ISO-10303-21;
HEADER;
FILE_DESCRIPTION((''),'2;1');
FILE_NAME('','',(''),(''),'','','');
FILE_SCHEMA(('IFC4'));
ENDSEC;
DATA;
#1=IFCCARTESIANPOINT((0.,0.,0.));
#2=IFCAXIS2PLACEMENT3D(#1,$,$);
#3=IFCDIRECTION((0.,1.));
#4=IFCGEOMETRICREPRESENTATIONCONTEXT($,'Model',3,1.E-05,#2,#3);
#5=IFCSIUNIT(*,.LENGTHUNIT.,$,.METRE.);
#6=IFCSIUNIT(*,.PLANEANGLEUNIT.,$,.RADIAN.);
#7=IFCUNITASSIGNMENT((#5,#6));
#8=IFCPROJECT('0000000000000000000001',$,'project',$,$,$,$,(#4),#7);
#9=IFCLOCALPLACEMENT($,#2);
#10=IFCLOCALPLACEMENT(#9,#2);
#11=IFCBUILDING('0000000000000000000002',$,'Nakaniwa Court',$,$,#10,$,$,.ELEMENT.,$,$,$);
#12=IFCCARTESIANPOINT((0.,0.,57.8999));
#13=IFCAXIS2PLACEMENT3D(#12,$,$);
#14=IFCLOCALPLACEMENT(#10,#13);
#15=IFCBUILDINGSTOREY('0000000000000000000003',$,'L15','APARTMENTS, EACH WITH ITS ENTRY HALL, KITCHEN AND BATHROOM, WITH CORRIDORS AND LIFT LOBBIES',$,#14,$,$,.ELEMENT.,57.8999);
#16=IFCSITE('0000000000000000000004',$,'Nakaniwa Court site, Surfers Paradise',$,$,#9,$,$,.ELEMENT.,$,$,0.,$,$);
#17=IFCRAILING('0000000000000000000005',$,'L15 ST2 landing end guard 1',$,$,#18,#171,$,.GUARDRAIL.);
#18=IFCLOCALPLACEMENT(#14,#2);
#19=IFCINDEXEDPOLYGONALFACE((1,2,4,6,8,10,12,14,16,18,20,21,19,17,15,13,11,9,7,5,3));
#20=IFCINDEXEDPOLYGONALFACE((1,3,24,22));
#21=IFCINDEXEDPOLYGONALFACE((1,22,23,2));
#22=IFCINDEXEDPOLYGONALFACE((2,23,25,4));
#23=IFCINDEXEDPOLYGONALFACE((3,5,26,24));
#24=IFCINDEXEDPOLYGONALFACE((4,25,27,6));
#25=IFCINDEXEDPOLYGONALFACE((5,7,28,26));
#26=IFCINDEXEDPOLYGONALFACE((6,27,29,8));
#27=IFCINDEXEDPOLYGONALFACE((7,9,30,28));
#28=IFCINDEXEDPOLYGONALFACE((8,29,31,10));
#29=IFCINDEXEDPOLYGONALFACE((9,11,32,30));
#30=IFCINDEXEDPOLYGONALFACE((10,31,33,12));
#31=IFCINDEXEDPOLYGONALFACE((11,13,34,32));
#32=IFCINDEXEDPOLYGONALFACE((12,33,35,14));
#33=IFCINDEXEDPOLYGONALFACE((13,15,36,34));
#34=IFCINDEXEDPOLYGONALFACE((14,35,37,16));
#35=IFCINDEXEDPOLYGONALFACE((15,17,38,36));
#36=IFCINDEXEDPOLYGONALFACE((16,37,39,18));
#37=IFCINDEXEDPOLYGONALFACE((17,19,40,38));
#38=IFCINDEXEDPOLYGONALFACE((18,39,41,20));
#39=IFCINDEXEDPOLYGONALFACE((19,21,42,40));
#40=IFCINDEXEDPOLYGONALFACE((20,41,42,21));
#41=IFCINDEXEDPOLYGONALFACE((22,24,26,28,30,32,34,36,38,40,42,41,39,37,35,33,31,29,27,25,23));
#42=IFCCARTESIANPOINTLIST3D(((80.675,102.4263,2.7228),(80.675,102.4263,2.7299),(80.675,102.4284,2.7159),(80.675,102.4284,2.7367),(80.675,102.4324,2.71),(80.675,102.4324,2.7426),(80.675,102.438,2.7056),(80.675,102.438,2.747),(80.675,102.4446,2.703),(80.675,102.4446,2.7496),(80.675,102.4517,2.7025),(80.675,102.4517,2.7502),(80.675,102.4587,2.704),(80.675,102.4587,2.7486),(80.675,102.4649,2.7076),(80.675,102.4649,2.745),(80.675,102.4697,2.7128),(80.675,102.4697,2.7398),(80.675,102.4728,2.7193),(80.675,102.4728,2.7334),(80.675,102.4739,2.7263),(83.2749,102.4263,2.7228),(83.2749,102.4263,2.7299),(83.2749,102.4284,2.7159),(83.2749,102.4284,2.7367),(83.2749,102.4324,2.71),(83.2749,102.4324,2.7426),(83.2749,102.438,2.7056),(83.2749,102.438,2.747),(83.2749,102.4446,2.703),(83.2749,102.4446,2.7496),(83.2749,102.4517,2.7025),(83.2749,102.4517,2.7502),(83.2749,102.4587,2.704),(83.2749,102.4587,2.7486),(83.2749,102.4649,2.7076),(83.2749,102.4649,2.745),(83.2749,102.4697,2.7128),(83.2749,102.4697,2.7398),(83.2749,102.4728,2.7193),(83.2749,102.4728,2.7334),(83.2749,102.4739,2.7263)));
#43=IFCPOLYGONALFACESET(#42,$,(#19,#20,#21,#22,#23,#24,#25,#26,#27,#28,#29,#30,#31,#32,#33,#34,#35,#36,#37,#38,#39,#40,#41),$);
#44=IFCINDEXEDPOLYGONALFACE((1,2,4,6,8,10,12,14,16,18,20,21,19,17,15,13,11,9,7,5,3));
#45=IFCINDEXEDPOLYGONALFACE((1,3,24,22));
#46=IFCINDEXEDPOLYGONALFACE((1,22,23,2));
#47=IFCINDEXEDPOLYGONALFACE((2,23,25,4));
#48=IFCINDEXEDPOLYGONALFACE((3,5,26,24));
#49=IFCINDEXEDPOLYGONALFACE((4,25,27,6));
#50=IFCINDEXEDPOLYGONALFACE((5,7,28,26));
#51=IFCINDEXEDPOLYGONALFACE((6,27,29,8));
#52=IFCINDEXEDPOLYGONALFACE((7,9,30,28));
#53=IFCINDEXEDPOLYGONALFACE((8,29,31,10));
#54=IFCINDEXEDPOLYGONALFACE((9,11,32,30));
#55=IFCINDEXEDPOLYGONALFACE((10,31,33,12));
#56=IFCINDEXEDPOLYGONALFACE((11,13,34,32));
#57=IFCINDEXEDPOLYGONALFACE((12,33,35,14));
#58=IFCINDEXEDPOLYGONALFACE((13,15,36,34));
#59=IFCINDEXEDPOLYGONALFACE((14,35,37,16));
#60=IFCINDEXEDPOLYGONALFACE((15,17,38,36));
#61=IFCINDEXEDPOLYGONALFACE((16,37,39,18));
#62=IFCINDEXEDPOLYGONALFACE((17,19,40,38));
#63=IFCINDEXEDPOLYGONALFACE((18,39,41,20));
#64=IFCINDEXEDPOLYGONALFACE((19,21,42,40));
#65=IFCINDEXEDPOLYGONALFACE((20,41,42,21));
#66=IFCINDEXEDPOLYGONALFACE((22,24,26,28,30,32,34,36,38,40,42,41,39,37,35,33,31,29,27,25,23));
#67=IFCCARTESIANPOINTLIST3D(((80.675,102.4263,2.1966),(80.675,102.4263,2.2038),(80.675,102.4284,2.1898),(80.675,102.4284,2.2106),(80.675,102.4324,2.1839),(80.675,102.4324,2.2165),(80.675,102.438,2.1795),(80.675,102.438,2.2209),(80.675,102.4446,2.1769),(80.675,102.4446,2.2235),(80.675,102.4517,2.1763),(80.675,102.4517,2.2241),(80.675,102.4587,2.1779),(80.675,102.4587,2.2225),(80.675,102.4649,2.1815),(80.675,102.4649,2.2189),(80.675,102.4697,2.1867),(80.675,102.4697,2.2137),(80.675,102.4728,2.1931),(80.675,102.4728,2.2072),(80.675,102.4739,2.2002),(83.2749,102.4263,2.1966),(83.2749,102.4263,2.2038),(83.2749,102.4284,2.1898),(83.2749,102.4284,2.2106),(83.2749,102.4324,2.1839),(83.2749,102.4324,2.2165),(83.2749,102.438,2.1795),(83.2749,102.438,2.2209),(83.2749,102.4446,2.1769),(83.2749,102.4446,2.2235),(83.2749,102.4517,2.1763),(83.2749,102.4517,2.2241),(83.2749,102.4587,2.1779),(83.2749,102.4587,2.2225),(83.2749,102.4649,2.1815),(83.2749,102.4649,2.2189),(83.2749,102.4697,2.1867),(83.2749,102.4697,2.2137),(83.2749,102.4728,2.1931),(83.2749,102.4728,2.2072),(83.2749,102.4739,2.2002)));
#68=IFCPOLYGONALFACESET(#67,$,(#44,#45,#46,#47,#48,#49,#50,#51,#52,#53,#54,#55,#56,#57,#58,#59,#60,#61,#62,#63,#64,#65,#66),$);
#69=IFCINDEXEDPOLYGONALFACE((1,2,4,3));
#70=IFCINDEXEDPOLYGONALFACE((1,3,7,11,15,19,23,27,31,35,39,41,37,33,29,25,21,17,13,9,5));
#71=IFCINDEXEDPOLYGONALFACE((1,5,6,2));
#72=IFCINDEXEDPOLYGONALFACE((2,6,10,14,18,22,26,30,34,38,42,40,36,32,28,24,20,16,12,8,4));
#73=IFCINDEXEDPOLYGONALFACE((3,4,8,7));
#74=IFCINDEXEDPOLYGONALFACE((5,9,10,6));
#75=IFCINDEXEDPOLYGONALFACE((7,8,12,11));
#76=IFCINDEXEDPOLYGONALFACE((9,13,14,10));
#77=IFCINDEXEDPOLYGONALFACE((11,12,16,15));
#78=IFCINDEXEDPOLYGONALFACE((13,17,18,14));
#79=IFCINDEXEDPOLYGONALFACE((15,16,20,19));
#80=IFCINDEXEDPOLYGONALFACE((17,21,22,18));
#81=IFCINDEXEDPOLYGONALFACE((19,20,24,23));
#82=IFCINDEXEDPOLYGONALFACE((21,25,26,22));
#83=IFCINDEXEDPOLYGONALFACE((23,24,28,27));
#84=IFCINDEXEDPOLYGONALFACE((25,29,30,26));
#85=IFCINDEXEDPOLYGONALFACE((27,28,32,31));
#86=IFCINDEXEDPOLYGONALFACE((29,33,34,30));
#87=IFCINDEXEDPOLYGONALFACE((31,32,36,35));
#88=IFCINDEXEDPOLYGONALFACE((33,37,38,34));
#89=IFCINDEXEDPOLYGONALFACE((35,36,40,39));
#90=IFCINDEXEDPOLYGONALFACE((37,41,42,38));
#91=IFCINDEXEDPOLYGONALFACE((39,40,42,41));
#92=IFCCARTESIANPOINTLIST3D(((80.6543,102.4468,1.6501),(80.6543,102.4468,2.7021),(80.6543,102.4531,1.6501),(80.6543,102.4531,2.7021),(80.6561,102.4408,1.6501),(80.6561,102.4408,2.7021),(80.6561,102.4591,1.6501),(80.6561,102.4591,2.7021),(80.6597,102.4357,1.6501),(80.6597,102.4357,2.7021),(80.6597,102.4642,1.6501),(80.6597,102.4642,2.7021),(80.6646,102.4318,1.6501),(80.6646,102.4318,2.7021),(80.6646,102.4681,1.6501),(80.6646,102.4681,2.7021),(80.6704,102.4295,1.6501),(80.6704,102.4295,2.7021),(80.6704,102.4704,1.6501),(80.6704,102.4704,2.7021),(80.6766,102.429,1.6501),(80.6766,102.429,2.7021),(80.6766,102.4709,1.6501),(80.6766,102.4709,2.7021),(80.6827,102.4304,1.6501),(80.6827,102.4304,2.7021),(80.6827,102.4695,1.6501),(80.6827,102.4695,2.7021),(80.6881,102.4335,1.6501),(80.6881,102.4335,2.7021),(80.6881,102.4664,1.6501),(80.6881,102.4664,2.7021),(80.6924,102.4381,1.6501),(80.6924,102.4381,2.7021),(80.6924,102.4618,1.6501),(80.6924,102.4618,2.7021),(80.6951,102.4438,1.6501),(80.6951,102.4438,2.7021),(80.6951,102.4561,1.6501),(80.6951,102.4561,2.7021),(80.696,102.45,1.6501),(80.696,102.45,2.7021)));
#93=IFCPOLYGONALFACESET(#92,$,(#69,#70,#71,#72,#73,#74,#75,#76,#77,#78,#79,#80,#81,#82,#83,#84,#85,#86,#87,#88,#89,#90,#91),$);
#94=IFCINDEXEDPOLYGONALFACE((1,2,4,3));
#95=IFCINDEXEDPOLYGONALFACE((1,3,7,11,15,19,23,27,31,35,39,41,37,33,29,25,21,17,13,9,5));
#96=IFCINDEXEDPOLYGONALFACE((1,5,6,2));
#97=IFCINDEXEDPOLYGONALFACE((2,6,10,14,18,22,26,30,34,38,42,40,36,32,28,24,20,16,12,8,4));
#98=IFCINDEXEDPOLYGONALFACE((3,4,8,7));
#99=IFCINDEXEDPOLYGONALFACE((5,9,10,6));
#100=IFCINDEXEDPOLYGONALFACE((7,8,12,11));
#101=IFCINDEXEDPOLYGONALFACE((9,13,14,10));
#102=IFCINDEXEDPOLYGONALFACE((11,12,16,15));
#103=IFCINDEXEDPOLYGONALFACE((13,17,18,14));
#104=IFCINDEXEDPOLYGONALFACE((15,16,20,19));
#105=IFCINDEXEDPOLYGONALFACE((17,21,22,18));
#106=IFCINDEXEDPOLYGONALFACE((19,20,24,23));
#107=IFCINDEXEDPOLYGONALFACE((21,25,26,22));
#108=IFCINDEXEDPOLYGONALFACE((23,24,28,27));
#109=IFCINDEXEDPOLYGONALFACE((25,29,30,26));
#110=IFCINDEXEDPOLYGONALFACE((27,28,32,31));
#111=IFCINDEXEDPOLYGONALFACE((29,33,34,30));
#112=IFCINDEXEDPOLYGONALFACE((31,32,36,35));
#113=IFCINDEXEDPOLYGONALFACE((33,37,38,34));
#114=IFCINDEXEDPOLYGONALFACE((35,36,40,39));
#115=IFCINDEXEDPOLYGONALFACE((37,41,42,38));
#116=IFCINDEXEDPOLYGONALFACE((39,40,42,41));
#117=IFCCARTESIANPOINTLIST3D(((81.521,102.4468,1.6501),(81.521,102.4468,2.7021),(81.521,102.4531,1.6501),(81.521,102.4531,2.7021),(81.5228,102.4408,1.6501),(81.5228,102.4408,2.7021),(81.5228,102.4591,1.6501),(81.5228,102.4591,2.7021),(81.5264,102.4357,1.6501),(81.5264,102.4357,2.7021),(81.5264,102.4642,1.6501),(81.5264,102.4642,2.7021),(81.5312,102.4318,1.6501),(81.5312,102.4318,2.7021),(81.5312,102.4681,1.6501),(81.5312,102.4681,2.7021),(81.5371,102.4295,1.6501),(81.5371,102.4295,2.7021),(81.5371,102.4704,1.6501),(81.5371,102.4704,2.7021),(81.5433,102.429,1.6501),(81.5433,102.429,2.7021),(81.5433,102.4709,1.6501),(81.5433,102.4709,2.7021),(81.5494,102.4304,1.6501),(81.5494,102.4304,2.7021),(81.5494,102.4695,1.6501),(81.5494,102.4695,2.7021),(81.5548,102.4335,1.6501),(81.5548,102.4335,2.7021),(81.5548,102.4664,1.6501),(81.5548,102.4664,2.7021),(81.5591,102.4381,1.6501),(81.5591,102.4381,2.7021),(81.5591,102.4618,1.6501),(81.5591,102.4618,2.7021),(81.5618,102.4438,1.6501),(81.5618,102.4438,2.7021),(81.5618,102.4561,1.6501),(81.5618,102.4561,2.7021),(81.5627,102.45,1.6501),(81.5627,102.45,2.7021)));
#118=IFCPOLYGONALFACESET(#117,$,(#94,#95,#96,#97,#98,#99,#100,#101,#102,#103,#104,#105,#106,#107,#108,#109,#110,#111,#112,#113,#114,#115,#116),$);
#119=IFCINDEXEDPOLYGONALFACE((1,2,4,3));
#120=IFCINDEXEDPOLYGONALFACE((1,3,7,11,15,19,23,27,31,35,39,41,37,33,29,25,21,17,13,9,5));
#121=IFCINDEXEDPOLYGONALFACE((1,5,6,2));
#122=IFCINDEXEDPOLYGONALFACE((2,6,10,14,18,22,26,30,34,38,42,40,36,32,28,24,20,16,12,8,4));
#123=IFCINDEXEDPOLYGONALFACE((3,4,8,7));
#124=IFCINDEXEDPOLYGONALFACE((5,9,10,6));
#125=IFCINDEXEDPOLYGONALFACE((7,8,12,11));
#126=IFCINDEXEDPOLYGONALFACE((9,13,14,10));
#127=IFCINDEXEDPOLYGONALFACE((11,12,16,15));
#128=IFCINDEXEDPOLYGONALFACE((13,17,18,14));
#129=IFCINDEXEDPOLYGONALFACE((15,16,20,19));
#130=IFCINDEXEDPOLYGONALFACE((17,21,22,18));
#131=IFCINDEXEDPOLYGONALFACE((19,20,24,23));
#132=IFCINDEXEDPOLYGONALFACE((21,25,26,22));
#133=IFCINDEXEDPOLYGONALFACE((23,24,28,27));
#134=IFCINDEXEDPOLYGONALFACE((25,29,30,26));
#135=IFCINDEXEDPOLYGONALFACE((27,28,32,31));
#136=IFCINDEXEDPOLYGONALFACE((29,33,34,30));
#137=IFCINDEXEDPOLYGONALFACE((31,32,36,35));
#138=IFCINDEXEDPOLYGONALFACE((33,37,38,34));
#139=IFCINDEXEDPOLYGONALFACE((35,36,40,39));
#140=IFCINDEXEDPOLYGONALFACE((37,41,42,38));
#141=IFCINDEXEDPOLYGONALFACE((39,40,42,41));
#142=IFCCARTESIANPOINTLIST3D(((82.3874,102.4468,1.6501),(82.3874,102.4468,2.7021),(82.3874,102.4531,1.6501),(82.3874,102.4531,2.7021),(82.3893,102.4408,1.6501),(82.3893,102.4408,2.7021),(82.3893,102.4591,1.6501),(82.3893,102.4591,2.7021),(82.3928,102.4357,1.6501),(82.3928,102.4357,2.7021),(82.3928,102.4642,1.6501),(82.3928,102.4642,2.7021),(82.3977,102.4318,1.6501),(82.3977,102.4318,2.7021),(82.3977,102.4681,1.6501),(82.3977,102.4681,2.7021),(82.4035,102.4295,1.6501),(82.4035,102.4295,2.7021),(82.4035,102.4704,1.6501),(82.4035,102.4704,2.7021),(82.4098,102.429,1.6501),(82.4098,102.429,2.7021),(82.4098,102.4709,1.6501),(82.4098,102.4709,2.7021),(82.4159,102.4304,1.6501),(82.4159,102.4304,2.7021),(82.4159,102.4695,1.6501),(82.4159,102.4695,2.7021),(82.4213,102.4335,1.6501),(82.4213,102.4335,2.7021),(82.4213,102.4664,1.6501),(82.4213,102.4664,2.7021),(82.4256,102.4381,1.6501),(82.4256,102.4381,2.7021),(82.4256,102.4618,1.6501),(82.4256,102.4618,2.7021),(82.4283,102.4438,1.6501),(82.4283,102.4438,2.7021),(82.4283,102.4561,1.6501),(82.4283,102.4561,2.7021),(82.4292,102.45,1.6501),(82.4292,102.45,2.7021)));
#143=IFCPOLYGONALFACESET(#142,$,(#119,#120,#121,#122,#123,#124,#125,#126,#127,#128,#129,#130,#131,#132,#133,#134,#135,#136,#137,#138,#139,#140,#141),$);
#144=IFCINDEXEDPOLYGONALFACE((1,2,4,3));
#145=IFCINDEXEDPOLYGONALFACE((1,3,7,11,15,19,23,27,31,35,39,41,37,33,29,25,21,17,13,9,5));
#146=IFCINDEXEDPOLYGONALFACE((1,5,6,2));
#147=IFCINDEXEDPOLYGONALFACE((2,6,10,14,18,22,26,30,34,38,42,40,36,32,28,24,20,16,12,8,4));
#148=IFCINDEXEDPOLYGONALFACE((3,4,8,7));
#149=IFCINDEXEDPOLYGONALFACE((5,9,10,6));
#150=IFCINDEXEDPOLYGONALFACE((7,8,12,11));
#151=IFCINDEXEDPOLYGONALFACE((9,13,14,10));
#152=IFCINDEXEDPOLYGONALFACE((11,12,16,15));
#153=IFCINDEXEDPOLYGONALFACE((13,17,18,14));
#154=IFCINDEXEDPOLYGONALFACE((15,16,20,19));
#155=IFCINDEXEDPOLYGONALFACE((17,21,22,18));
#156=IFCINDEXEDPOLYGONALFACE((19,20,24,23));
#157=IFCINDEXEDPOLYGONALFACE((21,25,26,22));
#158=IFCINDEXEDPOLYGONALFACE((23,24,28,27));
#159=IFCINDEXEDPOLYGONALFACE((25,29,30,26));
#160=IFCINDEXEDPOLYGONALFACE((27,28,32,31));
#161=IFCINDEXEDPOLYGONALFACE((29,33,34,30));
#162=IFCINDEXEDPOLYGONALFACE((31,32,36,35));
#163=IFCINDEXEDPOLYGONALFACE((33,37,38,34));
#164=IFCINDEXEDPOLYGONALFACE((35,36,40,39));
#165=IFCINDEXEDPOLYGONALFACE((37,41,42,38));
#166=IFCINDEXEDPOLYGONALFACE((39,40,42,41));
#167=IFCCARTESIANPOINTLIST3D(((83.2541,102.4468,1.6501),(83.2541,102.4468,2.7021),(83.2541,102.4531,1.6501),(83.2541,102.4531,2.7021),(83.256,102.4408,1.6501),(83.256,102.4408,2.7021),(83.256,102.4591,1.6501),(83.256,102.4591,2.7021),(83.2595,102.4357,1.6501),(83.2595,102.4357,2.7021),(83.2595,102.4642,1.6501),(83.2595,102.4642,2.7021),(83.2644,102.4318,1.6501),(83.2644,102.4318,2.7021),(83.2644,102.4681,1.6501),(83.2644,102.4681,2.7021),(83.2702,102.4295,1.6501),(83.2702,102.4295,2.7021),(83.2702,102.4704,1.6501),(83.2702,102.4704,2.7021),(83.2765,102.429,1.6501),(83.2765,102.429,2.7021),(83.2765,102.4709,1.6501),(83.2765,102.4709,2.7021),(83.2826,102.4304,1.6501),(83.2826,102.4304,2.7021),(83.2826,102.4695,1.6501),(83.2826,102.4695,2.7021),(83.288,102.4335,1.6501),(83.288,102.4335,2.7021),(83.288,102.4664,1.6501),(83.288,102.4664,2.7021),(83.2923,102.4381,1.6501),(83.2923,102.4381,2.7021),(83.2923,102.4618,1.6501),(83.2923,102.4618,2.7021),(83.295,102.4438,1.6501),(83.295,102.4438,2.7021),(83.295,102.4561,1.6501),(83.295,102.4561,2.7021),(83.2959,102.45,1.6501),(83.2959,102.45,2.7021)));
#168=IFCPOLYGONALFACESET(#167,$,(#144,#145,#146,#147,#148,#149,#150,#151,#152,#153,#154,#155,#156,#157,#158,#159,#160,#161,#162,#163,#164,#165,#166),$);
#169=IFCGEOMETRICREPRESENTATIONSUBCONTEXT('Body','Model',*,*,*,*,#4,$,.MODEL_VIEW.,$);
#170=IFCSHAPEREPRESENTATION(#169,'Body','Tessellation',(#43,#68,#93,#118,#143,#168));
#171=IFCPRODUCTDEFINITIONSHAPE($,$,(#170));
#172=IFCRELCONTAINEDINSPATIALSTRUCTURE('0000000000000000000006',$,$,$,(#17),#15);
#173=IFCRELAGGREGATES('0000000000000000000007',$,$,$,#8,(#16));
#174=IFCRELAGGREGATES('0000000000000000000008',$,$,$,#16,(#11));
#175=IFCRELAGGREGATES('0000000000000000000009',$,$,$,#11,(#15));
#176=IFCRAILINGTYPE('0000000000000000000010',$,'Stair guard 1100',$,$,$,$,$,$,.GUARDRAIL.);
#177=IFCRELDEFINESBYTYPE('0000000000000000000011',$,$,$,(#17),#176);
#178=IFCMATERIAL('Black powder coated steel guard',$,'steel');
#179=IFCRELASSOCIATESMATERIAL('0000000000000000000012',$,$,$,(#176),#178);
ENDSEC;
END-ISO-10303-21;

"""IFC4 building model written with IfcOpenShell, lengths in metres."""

from ifc_helpers import new_model, si_unit, direction, frame, origin, origin_2d, place, context, subcontext, project, spatial, circle, extrude, material, type_object, element, save


model = new_model("IFC4")

# Units and contexts
model_context = context("Model", 3, precision=1e-05, world=origin(), true_north=direction((0.0, 1.0)))
body_context = subcontext(model_context, "Body", "Model", "MODEL_VIEW")
ifc_project = project(units=[si_unit("LENGTHUNIT", "METRE"), si_unit("PLANEANGLEUNIT", "RADIAN")], contexts=[model_context])

# Site, building, storey
site_placement = place(None, origin())
site = spatial("IfcSite", under=ifc_project, at=site_placement, Name="Nakaniwa Court site, Surfers Paradise", CompositionType="ELEMENT", RefElevation=0.0)
building_placement = place(site_placement, origin())
building = spatial("IfcBuilding", under=site, at=building_placement, Name="Nakaniwa Court", CompositionType="ELEMENT")
storey_placement = place(building_placement, frame((0.0, 0.0, 57.8999)))
storey = spatial("IfcBuildingStorey", under=building, at=storey_placement, Name="L15", Description="APARTMENTS, EACH WITH ITS ENTRY HALL, KITCHEN AND BATHROOM, WITH CORRIDORS AND LIFT LOBBIES", CompositionType="ELEMENT", Elevation=57.8999)

# Railing
ifc_material_1 = material(Name="Black powder coated steel guard", Category="steel")
railing_type_1 = type_object("IfcRailingType", Name="Stair guard 1100", PredefinedType="GUARDRAIL", material=ifc_material_1)
railing_1_placement = place(storey_placement, frame((80.675, 102.45, 1.6501)))
element("IfcRailing", 1, at=railing_1_placement, inside=storey, type_object=railing_type_1, Name="L15 ST2 landing end guard 1", PredefinedType="GUARDRAIL", context=body_context, shape_type="SweptSolid", body=[
    extrude(circle(Radius=0.0239, at=origin_2d()), frame((0.0, 0.0, 1.0762), z_axis=(1.0, 0.0, 0.0), x_axis=(0.0, 1.0, 0.0)), (0.0, 0.0, 1.0), 2.5999),
    extrude(circle(Radius=0.0239, at=origin_2d()), frame((0.0, 0.0, 0.55), z_axis=(1.0, 0.0, 0.0), x_axis=(0.0, 1.0, 0.0)), (0.0, 0.0, 1.0), 2.5999),
    extrude(circle(Radius=0.021, at=origin_2d()), origin(), (0.0, 0.0, 1.0), 1.052),
    extrude(circle(Radius=0.021, at=origin_2d()), frame((0.8667, 0.0, 0.0)), (0.0, 0.0, 1.0), 1.052),
    extrude(circle(Radius=0.021, at=origin_2d()), frame((1.7332, 0.0, 0.0)), (0.0, 0.0, 1.0), 1.052),
    extrude(circle(Radius=0.021, at=origin_2d()), frame((2.5999, 0.0, 0.0)), (0.0, 0.0, 1.0), 1.052),
])

save(model, "model.ifc")
